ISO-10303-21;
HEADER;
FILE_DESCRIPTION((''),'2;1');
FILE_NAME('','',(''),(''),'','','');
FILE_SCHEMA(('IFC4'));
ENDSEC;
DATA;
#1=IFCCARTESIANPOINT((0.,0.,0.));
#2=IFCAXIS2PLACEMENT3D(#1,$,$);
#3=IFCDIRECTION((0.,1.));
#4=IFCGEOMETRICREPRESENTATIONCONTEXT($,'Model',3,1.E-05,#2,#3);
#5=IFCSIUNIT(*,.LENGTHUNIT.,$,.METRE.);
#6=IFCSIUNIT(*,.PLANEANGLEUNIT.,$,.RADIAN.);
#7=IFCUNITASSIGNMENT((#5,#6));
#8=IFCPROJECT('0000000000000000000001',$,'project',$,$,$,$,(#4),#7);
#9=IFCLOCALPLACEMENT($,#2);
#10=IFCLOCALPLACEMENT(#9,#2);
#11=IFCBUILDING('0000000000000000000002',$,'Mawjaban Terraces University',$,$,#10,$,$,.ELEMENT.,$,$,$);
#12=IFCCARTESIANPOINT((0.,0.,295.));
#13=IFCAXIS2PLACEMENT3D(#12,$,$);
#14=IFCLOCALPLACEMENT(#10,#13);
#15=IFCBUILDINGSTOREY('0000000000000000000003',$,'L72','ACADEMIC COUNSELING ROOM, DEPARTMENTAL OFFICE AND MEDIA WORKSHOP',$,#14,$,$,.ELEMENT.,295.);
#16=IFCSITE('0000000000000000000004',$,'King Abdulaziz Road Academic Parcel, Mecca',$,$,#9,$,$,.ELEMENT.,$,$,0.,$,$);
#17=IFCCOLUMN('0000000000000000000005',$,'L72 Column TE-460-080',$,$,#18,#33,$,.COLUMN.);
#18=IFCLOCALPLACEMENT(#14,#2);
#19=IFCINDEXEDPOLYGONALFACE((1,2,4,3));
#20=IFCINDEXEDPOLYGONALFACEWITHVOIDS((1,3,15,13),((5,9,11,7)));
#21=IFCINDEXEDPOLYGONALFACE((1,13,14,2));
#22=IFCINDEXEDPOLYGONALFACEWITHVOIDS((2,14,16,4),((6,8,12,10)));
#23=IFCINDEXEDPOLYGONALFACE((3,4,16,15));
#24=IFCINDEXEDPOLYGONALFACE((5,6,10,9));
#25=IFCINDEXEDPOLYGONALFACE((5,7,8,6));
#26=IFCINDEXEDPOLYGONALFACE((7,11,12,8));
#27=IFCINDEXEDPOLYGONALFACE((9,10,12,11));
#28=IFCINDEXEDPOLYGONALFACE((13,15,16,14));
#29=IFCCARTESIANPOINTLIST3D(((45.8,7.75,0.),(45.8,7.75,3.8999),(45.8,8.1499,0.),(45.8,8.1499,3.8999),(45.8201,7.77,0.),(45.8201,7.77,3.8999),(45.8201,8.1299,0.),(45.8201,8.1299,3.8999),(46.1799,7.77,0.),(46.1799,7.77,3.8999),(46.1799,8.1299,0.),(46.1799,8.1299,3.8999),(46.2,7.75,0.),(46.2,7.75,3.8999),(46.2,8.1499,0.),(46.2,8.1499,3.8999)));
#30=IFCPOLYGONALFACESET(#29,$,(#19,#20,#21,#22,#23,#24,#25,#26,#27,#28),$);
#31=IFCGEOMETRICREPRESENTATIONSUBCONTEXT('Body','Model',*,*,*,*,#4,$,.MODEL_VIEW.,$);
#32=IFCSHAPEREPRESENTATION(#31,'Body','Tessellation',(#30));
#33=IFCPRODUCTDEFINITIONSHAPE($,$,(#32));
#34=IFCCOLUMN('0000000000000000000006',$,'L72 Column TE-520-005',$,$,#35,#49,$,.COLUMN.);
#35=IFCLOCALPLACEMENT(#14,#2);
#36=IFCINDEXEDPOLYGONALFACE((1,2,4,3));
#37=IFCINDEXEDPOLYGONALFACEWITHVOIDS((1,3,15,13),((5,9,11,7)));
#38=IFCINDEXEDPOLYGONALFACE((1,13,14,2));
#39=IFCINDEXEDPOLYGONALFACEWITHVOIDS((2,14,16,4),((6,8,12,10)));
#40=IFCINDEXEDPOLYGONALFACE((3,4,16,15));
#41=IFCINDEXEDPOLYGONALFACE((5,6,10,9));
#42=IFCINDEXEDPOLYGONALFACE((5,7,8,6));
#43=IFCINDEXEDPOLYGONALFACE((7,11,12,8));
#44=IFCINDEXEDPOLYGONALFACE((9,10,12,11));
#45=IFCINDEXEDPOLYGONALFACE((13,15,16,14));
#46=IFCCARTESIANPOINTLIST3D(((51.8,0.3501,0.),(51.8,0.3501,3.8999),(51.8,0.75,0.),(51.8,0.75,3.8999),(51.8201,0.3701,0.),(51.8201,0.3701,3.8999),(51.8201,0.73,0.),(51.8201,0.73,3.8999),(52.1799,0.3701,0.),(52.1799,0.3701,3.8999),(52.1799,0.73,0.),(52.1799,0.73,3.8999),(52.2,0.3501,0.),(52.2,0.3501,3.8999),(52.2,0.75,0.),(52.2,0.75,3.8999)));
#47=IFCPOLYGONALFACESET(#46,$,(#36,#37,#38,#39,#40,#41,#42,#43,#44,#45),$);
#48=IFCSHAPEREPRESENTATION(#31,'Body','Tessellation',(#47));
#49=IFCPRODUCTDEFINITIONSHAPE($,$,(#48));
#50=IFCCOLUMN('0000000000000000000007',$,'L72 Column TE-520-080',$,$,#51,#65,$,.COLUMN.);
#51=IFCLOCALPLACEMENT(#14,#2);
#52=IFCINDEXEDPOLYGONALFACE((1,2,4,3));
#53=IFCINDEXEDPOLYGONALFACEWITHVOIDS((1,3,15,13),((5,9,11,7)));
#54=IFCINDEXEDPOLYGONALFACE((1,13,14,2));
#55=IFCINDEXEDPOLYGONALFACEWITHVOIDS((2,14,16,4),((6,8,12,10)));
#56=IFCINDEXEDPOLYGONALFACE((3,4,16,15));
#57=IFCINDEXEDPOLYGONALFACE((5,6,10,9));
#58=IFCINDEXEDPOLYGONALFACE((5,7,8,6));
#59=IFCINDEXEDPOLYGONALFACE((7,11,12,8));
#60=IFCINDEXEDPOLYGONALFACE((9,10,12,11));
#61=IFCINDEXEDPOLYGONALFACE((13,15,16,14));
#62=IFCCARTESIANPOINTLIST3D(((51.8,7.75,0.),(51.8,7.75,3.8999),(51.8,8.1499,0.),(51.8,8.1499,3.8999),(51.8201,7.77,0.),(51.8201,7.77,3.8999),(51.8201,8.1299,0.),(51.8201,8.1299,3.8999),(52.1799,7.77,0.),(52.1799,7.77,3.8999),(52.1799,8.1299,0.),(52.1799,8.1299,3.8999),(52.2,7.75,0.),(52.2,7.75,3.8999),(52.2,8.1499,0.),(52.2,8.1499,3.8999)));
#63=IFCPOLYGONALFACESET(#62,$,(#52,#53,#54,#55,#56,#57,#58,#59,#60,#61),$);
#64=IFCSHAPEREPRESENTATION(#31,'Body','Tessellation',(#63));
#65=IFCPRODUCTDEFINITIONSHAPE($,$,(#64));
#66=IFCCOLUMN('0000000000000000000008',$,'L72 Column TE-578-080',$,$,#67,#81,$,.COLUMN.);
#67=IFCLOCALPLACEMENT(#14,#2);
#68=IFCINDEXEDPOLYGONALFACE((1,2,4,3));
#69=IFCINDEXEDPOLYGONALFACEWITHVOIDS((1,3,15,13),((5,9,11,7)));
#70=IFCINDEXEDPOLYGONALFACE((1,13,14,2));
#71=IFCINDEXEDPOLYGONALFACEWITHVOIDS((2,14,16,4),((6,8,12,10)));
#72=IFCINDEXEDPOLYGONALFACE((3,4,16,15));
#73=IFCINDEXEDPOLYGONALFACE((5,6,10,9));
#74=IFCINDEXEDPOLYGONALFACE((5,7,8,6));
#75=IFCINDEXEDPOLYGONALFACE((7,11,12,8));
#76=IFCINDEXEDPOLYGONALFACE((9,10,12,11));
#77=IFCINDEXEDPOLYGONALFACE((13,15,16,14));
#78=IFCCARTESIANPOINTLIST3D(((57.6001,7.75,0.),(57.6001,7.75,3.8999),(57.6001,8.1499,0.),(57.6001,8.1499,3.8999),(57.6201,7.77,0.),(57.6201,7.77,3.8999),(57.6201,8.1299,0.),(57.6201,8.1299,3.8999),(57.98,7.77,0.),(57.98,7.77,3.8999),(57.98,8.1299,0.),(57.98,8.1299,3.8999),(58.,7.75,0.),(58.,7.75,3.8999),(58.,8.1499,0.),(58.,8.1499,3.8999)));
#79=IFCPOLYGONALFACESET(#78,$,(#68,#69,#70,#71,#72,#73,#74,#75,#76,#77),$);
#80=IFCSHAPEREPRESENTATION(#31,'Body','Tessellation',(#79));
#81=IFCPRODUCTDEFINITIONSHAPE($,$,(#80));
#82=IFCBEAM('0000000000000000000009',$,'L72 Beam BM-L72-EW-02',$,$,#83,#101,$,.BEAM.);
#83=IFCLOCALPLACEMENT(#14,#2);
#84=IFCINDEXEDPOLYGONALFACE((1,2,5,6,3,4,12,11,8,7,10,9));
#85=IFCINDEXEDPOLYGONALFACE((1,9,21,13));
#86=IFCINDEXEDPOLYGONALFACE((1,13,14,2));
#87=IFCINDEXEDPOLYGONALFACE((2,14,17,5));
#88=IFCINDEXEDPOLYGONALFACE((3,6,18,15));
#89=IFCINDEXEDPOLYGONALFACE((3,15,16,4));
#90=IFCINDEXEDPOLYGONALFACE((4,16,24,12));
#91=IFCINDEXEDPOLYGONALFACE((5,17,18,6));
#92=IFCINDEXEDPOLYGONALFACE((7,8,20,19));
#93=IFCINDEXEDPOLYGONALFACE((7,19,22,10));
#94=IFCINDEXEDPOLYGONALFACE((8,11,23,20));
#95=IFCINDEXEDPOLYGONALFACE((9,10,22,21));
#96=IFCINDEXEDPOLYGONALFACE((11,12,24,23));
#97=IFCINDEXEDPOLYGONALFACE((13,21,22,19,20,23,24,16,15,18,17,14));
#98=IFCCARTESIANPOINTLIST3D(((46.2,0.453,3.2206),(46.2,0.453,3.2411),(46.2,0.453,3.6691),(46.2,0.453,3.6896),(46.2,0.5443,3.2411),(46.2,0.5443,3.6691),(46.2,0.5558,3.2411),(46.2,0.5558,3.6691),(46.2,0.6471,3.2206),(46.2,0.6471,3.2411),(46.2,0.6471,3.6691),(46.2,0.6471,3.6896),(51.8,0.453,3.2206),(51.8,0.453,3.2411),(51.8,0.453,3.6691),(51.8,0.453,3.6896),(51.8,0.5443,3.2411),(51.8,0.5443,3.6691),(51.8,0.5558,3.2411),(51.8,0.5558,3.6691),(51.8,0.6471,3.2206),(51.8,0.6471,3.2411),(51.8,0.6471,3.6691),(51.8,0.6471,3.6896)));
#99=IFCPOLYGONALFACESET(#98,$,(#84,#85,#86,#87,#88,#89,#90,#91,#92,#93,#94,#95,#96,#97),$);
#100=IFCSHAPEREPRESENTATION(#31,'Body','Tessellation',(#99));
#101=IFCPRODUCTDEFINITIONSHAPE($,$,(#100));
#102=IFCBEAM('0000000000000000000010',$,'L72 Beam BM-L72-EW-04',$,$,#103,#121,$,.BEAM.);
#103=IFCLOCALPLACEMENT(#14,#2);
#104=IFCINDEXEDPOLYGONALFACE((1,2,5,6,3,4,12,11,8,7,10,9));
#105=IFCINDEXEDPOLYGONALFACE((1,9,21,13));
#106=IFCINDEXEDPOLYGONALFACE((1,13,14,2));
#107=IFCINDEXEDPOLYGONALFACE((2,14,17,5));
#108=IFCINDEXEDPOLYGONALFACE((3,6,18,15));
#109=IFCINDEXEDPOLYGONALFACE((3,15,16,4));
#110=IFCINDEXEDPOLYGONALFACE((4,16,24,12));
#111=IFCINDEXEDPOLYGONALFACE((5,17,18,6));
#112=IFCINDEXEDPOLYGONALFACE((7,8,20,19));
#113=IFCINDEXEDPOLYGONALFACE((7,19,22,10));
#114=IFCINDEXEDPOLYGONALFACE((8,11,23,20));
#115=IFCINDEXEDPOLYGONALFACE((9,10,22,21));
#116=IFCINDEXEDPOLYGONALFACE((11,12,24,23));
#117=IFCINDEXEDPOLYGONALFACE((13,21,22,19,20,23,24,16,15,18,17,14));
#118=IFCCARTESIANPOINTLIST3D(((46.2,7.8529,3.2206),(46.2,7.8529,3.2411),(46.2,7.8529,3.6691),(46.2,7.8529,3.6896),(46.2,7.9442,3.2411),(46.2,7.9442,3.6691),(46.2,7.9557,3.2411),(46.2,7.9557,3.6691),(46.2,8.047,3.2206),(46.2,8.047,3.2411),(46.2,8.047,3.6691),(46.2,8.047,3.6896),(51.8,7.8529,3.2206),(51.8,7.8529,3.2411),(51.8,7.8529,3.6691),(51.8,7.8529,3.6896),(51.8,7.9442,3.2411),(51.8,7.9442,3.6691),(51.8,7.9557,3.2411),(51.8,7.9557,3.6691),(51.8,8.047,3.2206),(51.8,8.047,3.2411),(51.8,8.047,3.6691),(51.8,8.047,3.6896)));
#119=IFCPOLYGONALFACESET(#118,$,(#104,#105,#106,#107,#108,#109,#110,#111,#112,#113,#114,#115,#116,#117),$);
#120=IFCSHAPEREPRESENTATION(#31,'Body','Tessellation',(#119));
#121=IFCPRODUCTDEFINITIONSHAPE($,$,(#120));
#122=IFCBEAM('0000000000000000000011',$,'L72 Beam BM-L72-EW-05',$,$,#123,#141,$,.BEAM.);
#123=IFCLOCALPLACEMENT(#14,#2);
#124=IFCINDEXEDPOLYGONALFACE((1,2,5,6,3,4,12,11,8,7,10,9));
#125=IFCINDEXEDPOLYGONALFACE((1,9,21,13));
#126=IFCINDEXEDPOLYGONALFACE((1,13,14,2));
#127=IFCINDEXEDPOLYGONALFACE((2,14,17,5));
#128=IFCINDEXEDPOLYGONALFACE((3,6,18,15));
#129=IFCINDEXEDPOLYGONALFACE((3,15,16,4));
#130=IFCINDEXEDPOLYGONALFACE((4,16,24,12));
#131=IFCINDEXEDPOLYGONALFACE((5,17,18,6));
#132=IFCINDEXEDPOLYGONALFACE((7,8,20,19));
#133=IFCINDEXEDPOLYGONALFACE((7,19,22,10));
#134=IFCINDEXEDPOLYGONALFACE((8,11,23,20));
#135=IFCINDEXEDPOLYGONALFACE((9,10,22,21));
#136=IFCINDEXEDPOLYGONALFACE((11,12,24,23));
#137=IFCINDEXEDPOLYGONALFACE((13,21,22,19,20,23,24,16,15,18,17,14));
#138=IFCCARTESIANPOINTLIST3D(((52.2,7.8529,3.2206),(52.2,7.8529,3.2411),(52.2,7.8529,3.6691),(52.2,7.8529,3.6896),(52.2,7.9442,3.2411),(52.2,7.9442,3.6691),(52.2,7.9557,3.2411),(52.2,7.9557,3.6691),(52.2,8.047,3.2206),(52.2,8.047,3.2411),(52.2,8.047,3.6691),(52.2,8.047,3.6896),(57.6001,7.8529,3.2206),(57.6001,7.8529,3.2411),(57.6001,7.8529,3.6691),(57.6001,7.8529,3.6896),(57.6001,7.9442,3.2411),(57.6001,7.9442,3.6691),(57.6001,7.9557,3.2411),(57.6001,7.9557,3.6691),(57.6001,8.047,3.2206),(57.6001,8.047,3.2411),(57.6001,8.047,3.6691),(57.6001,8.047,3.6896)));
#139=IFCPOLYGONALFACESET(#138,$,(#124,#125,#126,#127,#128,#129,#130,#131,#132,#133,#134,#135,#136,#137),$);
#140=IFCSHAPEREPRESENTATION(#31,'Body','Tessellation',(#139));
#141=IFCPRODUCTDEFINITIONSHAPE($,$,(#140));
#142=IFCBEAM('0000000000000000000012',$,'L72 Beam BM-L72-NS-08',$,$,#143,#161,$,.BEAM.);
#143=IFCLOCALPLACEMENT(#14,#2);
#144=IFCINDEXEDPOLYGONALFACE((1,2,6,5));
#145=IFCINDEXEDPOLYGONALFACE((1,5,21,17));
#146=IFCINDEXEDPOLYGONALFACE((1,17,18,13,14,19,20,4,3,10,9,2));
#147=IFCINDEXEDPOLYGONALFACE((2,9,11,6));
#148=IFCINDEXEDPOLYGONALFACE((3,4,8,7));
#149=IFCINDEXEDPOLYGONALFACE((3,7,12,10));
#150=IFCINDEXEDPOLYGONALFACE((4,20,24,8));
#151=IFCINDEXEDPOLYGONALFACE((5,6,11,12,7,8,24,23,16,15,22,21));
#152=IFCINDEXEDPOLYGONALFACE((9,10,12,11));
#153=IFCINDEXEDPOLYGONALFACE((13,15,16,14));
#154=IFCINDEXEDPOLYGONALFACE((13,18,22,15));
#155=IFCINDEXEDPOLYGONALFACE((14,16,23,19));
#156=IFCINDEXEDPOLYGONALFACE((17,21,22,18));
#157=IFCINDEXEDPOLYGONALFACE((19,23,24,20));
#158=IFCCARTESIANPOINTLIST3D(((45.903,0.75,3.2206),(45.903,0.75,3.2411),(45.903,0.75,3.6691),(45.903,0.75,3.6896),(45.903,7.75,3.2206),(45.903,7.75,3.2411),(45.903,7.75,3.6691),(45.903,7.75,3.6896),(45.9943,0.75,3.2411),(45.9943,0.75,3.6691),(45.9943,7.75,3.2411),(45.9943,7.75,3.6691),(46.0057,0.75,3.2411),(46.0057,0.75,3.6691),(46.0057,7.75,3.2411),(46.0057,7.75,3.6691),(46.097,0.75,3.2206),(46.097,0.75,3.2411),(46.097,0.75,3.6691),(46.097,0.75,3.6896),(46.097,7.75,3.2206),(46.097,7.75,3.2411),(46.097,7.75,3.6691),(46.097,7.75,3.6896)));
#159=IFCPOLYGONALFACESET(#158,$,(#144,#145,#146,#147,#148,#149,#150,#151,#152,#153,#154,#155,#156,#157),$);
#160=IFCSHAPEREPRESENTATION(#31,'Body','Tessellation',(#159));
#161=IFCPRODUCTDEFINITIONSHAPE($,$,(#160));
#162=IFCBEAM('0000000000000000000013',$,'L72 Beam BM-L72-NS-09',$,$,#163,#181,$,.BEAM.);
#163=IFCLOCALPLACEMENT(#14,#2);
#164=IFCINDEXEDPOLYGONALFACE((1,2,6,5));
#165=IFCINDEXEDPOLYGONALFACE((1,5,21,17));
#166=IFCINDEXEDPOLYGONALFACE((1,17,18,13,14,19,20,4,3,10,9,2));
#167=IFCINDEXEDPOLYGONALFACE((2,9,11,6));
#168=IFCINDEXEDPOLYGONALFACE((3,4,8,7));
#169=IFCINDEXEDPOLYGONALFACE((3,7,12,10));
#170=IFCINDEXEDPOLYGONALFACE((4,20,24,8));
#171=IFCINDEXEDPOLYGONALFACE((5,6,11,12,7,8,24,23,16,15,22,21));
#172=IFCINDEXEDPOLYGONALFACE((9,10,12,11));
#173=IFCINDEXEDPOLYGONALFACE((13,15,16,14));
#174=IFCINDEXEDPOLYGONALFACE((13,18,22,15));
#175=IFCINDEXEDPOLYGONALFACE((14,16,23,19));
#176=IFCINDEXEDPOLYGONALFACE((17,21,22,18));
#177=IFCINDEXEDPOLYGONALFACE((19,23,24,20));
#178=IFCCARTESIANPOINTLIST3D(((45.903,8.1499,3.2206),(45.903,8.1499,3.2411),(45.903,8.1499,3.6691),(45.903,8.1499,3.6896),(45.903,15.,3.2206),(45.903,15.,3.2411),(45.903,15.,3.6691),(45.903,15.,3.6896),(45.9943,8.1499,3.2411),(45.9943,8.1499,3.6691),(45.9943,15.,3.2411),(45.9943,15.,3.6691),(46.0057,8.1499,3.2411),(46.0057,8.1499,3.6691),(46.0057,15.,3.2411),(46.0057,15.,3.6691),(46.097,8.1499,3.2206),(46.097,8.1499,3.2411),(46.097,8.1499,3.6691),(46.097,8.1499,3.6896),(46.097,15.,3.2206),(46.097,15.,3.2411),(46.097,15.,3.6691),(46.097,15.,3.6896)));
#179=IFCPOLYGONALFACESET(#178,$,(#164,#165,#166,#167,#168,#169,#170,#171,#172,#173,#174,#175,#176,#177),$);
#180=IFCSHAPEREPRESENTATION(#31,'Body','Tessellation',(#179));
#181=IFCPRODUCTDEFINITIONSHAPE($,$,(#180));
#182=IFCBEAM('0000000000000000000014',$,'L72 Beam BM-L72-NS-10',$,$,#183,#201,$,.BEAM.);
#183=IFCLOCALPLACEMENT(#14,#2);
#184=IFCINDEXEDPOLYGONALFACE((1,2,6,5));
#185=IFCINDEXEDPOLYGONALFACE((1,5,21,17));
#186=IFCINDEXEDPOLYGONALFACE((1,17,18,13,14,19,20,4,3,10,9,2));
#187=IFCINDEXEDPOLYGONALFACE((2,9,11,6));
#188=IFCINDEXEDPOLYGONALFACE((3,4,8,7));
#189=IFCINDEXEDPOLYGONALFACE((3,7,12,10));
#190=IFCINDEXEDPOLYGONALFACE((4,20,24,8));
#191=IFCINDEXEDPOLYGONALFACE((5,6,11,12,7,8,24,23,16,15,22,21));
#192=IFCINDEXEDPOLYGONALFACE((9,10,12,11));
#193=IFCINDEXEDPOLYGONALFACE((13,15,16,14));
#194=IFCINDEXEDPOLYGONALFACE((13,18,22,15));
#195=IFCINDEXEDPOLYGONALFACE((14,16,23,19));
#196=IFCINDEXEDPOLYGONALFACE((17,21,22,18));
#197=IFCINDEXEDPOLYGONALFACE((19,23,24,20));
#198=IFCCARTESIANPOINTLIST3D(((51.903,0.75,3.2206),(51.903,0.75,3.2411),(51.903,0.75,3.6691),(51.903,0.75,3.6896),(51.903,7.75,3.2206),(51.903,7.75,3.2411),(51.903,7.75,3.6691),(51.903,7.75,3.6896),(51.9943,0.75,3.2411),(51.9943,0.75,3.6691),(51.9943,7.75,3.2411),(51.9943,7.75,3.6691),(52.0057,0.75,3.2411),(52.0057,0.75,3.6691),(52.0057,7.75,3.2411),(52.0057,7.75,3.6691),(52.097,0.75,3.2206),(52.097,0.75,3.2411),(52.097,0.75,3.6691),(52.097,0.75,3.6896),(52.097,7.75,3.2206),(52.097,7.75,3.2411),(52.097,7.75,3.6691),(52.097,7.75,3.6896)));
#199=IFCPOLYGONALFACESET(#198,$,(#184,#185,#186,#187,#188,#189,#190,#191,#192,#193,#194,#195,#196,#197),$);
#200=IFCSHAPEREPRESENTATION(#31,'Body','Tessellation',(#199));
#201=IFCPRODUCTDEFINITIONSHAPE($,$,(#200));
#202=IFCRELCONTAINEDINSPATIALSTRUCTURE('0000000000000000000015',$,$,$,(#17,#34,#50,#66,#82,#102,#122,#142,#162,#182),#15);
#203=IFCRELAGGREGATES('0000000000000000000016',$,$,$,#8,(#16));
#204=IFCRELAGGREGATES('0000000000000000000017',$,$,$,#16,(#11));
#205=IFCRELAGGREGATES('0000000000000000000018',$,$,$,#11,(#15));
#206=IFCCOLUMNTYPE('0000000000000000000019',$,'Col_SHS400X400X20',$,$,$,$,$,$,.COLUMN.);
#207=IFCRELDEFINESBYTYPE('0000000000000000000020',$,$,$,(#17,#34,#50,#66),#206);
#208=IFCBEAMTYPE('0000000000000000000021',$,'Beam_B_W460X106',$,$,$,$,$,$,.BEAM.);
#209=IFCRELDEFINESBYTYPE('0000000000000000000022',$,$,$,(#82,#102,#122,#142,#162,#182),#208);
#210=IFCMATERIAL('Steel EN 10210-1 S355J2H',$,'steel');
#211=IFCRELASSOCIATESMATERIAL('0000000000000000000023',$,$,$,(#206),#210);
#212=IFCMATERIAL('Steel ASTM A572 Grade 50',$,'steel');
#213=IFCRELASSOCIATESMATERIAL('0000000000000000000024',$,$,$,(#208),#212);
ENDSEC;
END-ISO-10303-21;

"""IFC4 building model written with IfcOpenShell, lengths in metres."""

from ifc_helpers import new_model, si_unit, direction, frame, origin, origin_2d, place, context, subcontext, project, spatial, hollow_rectangle, i_section, extrude, material, material_profile, profile_set, type_object, element, save


model = new_model("IFC4")

# Units and contexts
model_context = context("Model", 3, precision=1e-05, world=origin(), true_north=direction((0.0, 1.0)))
body_context = subcontext(model_context, "Body", "Model", "MODEL_VIEW")
ifc_project = project(units=[si_unit("LENGTHUNIT", "METRE"), si_unit("PLANEANGLEUNIT", "RADIAN")], contexts=[model_context])

# Site, building, storey
site_placement = place(None, origin())
site = spatial("IfcSite", under=ifc_project, at=site_placement, Name="King Abdulaziz Road Academic Parcel, Mecca", CompositionType="ELEMENT", RefElevation=0.0)
building_placement = place(site_placement, origin())
building = spatial("IfcBuilding", under=site, at=building_placement, Name="Mawjaban Terraces University", CompositionType="ELEMENT")
storey_placement = place(building_placement, frame((0.0, 0.0, 295.0)))
storey = spatial("IfcBuildingStorey", under=building, at=storey_placement, Name="L72", Description="ACADEMIC COUNSELING ROOM, DEPARTMENTAL OFFICE AND MEDIA WORKSHOP", CompositionType="ELEMENT", Elevation=295.0)

# Columns
ifc_material_1 = material(Name="Steel EN 10210-1 S355J2H", Category="steel")
ifc_material_profile_1 = material_profile(ifc_material_1, hollow_rectangle(XDim=0.3999, YDim=0.3999, WallThickness=0.02, at=origin_2d()), Name="SHS400X400X20")
ifc_profile_set_1 = profile_set([ifc_material_profile_1], Name="Steel EN 10210-1 S355J2H")
column_type = type_object("IfcColumnType", Name="Col_SHS400X400X20", PredefinedType="COLUMN", material=ifc_profile_set_1)
for number, where, z_axis, x_axis, name in (
    (1, (46.0, 7.95, 0.0), (0.0, 0.0, 1.0), (1.0, 0.0, 0.0), "L72 Column TE-460-080"),
    (2, (52.0, 0.55, 0.0), (0.0, 0.0, 1.0), (1.0, 0.0, 0.0), "L72 Column TE-520-005"),
    (3, (52.0, 7.95, 0.0), (0.0, 0.0, 1.0), (1.0, 0.0, 0.0), "L72 Column TE-520-080"),
    (4, (57.8, 7.95, 0.0), (0.0, 0.0, 1.0), (1.0, 0.0, 0.0), "L72 Column TE-578-080"),
):
    element("IfcColumn", number, at=place(storey_placement, frame(where, z_axis=z_axis, x_axis=x_axis)), inside=storey, type_object=column_type, Name=name, PredefinedType="COLUMN", context=body_context, shape_type="SweptSolid", body=[
        extrude(hollow_rectangle(XDim=0.3999, YDim=0.3999, WallThickness=0.02, at=origin_2d()), origin(), (0.0, 0.0, 1.0), 3.8999),
    ])

# Beams
ifc_material_2 = material(Name="Steel ASTM A572 Grade 50", Category="steel")
ifc_material_profile_2 = material_profile(ifc_material_2, i_section(OverallWidth=0.1941, OverallDepth=0.469, WebThickness=0.0115, FlangeThickness=0.0205, at=origin_2d()), Name="W460X106")
ifc_profile_set_2 = profile_set([ifc_material_profile_2], Name="Steel ASTM A572 Grade 50")
beam_type_1 = type_object("IfcBeamType", Name="Beam_B_W460X106", PredefinedType="BEAM", material=ifc_profile_set_2)
for number, where, z_axis, x_axis, name in (
    (5, (46.2, 0.55, 3.4551), (1.0, 0.0, 0.0), (0.0, 1.0, 0.0), "L72 Beam BM-L72-EW-02"),
    (6, (46.2, 7.95, 3.4551), (1.0, 0.0, 0.0), (0.0, 1.0, 0.0), "L72 Beam BM-L72-EW-04"),
):
    element("IfcBeam", number, at=place(storey_placement, frame(where, z_axis=z_axis, x_axis=x_axis)), inside=storey, type_object=beam_type_1, Name=name, PredefinedType="BEAM", context=body_context, shape_type="SweptSolid", body=[
        extrude(i_section(OverallWidth=0.1941, OverallDepth=0.469, WebThickness=0.0115, FlangeThickness=0.0205, at=origin_2d()), origin(), (0.0, 0.0, 1.0), 5.6001),
    ])
beam_1_placement = place(storey_placement, frame((52.2, 7.95, 3.4551), z_axis=(1.0, 0.0, 0.0), x_axis=(0.0, 1.0, 0.0)))
element("IfcBeam", 7, at=beam_1_placement, inside=storey, type_object=beam_type_1, Name="L72 Beam BM-L72-EW-05", PredefinedType="BEAM", context=body_context, shape_type="SweptSolid", body=[
    extrude(i_section(OverallWidth=0.1941, OverallDepth=0.469, WebThickness=0.0115, FlangeThickness=0.0205, at=origin_2d()), origin(), (0.0, 0.0, 1.0), 5.4001),
])
beam_2_placement = place(storey_placement, frame((46.0, 0.75, 3.4551), z_axis=(0.0, 1.0, 0.0), x_axis=(-1.0, 0.0, 0.0)))
element("IfcBeam", 8, at=beam_2_placement, inside=storey, type_object=beam_type_1, Name="L72 Beam BM-L72-NS-08", PredefinedType="BEAM", context=body_context, shape_type="SweptSolid", body=[
    extrude(i_section(OverallWidth=0.1941, OverallDepth=0.469, WebThickness=0.0115, FlangeThickness=0.0205, at=origin_2d()), origin(), (0.0, 0.0, 1.0), 7.0),
])
beam_3_placement = place(storey_placement, frame((46.0, 8.1499, 3.4551), z_axis=(0.0, 1.0, 0.0), x_axis=(-1.0, 0.0, 0.0)))
element("IfcBeam", 9, at=beam_3_placement, inside=storey, type_object=beam_type_1, Name="L72 Beam BM-L72-NS-09", PredefinedType="BEAM", context=body_context, shape_type="SweptSolid", body=[
    extrude(i_section(OverallWidth=0.1941, OverallDepth=0.469, WebThickness=0.0115, FlangeThickness=0.0205, at=origin_2d()), origin(), (0.0, 0.0, 1.0), 6.8501),
])
beam_4_placement = place(storey_placement, frame((52.0, 0.75, 3.4551), z_axis=(0.0, 1.0, 0.0), x_axis=(-1.0, 0.0, 0.0)))
element("IfcBeam", 10, at=beam_4_placement, inside=storey, type_object=beam_type_1, Name="L72 Beam BM-L72-NS-10", PredefinedType="BEAM", context=body_context, shape_type="SweptSolid", body=[
    extrude(i_section(OverallWidth=0.1941, OverallDepth=0.469, WebThickness=0.0115, FlangeThickness=0.0205, at=origin_2d()), origin(), (0.0, 0.0, 1.0), 7.0),
])

save(model, "model.ifc")
